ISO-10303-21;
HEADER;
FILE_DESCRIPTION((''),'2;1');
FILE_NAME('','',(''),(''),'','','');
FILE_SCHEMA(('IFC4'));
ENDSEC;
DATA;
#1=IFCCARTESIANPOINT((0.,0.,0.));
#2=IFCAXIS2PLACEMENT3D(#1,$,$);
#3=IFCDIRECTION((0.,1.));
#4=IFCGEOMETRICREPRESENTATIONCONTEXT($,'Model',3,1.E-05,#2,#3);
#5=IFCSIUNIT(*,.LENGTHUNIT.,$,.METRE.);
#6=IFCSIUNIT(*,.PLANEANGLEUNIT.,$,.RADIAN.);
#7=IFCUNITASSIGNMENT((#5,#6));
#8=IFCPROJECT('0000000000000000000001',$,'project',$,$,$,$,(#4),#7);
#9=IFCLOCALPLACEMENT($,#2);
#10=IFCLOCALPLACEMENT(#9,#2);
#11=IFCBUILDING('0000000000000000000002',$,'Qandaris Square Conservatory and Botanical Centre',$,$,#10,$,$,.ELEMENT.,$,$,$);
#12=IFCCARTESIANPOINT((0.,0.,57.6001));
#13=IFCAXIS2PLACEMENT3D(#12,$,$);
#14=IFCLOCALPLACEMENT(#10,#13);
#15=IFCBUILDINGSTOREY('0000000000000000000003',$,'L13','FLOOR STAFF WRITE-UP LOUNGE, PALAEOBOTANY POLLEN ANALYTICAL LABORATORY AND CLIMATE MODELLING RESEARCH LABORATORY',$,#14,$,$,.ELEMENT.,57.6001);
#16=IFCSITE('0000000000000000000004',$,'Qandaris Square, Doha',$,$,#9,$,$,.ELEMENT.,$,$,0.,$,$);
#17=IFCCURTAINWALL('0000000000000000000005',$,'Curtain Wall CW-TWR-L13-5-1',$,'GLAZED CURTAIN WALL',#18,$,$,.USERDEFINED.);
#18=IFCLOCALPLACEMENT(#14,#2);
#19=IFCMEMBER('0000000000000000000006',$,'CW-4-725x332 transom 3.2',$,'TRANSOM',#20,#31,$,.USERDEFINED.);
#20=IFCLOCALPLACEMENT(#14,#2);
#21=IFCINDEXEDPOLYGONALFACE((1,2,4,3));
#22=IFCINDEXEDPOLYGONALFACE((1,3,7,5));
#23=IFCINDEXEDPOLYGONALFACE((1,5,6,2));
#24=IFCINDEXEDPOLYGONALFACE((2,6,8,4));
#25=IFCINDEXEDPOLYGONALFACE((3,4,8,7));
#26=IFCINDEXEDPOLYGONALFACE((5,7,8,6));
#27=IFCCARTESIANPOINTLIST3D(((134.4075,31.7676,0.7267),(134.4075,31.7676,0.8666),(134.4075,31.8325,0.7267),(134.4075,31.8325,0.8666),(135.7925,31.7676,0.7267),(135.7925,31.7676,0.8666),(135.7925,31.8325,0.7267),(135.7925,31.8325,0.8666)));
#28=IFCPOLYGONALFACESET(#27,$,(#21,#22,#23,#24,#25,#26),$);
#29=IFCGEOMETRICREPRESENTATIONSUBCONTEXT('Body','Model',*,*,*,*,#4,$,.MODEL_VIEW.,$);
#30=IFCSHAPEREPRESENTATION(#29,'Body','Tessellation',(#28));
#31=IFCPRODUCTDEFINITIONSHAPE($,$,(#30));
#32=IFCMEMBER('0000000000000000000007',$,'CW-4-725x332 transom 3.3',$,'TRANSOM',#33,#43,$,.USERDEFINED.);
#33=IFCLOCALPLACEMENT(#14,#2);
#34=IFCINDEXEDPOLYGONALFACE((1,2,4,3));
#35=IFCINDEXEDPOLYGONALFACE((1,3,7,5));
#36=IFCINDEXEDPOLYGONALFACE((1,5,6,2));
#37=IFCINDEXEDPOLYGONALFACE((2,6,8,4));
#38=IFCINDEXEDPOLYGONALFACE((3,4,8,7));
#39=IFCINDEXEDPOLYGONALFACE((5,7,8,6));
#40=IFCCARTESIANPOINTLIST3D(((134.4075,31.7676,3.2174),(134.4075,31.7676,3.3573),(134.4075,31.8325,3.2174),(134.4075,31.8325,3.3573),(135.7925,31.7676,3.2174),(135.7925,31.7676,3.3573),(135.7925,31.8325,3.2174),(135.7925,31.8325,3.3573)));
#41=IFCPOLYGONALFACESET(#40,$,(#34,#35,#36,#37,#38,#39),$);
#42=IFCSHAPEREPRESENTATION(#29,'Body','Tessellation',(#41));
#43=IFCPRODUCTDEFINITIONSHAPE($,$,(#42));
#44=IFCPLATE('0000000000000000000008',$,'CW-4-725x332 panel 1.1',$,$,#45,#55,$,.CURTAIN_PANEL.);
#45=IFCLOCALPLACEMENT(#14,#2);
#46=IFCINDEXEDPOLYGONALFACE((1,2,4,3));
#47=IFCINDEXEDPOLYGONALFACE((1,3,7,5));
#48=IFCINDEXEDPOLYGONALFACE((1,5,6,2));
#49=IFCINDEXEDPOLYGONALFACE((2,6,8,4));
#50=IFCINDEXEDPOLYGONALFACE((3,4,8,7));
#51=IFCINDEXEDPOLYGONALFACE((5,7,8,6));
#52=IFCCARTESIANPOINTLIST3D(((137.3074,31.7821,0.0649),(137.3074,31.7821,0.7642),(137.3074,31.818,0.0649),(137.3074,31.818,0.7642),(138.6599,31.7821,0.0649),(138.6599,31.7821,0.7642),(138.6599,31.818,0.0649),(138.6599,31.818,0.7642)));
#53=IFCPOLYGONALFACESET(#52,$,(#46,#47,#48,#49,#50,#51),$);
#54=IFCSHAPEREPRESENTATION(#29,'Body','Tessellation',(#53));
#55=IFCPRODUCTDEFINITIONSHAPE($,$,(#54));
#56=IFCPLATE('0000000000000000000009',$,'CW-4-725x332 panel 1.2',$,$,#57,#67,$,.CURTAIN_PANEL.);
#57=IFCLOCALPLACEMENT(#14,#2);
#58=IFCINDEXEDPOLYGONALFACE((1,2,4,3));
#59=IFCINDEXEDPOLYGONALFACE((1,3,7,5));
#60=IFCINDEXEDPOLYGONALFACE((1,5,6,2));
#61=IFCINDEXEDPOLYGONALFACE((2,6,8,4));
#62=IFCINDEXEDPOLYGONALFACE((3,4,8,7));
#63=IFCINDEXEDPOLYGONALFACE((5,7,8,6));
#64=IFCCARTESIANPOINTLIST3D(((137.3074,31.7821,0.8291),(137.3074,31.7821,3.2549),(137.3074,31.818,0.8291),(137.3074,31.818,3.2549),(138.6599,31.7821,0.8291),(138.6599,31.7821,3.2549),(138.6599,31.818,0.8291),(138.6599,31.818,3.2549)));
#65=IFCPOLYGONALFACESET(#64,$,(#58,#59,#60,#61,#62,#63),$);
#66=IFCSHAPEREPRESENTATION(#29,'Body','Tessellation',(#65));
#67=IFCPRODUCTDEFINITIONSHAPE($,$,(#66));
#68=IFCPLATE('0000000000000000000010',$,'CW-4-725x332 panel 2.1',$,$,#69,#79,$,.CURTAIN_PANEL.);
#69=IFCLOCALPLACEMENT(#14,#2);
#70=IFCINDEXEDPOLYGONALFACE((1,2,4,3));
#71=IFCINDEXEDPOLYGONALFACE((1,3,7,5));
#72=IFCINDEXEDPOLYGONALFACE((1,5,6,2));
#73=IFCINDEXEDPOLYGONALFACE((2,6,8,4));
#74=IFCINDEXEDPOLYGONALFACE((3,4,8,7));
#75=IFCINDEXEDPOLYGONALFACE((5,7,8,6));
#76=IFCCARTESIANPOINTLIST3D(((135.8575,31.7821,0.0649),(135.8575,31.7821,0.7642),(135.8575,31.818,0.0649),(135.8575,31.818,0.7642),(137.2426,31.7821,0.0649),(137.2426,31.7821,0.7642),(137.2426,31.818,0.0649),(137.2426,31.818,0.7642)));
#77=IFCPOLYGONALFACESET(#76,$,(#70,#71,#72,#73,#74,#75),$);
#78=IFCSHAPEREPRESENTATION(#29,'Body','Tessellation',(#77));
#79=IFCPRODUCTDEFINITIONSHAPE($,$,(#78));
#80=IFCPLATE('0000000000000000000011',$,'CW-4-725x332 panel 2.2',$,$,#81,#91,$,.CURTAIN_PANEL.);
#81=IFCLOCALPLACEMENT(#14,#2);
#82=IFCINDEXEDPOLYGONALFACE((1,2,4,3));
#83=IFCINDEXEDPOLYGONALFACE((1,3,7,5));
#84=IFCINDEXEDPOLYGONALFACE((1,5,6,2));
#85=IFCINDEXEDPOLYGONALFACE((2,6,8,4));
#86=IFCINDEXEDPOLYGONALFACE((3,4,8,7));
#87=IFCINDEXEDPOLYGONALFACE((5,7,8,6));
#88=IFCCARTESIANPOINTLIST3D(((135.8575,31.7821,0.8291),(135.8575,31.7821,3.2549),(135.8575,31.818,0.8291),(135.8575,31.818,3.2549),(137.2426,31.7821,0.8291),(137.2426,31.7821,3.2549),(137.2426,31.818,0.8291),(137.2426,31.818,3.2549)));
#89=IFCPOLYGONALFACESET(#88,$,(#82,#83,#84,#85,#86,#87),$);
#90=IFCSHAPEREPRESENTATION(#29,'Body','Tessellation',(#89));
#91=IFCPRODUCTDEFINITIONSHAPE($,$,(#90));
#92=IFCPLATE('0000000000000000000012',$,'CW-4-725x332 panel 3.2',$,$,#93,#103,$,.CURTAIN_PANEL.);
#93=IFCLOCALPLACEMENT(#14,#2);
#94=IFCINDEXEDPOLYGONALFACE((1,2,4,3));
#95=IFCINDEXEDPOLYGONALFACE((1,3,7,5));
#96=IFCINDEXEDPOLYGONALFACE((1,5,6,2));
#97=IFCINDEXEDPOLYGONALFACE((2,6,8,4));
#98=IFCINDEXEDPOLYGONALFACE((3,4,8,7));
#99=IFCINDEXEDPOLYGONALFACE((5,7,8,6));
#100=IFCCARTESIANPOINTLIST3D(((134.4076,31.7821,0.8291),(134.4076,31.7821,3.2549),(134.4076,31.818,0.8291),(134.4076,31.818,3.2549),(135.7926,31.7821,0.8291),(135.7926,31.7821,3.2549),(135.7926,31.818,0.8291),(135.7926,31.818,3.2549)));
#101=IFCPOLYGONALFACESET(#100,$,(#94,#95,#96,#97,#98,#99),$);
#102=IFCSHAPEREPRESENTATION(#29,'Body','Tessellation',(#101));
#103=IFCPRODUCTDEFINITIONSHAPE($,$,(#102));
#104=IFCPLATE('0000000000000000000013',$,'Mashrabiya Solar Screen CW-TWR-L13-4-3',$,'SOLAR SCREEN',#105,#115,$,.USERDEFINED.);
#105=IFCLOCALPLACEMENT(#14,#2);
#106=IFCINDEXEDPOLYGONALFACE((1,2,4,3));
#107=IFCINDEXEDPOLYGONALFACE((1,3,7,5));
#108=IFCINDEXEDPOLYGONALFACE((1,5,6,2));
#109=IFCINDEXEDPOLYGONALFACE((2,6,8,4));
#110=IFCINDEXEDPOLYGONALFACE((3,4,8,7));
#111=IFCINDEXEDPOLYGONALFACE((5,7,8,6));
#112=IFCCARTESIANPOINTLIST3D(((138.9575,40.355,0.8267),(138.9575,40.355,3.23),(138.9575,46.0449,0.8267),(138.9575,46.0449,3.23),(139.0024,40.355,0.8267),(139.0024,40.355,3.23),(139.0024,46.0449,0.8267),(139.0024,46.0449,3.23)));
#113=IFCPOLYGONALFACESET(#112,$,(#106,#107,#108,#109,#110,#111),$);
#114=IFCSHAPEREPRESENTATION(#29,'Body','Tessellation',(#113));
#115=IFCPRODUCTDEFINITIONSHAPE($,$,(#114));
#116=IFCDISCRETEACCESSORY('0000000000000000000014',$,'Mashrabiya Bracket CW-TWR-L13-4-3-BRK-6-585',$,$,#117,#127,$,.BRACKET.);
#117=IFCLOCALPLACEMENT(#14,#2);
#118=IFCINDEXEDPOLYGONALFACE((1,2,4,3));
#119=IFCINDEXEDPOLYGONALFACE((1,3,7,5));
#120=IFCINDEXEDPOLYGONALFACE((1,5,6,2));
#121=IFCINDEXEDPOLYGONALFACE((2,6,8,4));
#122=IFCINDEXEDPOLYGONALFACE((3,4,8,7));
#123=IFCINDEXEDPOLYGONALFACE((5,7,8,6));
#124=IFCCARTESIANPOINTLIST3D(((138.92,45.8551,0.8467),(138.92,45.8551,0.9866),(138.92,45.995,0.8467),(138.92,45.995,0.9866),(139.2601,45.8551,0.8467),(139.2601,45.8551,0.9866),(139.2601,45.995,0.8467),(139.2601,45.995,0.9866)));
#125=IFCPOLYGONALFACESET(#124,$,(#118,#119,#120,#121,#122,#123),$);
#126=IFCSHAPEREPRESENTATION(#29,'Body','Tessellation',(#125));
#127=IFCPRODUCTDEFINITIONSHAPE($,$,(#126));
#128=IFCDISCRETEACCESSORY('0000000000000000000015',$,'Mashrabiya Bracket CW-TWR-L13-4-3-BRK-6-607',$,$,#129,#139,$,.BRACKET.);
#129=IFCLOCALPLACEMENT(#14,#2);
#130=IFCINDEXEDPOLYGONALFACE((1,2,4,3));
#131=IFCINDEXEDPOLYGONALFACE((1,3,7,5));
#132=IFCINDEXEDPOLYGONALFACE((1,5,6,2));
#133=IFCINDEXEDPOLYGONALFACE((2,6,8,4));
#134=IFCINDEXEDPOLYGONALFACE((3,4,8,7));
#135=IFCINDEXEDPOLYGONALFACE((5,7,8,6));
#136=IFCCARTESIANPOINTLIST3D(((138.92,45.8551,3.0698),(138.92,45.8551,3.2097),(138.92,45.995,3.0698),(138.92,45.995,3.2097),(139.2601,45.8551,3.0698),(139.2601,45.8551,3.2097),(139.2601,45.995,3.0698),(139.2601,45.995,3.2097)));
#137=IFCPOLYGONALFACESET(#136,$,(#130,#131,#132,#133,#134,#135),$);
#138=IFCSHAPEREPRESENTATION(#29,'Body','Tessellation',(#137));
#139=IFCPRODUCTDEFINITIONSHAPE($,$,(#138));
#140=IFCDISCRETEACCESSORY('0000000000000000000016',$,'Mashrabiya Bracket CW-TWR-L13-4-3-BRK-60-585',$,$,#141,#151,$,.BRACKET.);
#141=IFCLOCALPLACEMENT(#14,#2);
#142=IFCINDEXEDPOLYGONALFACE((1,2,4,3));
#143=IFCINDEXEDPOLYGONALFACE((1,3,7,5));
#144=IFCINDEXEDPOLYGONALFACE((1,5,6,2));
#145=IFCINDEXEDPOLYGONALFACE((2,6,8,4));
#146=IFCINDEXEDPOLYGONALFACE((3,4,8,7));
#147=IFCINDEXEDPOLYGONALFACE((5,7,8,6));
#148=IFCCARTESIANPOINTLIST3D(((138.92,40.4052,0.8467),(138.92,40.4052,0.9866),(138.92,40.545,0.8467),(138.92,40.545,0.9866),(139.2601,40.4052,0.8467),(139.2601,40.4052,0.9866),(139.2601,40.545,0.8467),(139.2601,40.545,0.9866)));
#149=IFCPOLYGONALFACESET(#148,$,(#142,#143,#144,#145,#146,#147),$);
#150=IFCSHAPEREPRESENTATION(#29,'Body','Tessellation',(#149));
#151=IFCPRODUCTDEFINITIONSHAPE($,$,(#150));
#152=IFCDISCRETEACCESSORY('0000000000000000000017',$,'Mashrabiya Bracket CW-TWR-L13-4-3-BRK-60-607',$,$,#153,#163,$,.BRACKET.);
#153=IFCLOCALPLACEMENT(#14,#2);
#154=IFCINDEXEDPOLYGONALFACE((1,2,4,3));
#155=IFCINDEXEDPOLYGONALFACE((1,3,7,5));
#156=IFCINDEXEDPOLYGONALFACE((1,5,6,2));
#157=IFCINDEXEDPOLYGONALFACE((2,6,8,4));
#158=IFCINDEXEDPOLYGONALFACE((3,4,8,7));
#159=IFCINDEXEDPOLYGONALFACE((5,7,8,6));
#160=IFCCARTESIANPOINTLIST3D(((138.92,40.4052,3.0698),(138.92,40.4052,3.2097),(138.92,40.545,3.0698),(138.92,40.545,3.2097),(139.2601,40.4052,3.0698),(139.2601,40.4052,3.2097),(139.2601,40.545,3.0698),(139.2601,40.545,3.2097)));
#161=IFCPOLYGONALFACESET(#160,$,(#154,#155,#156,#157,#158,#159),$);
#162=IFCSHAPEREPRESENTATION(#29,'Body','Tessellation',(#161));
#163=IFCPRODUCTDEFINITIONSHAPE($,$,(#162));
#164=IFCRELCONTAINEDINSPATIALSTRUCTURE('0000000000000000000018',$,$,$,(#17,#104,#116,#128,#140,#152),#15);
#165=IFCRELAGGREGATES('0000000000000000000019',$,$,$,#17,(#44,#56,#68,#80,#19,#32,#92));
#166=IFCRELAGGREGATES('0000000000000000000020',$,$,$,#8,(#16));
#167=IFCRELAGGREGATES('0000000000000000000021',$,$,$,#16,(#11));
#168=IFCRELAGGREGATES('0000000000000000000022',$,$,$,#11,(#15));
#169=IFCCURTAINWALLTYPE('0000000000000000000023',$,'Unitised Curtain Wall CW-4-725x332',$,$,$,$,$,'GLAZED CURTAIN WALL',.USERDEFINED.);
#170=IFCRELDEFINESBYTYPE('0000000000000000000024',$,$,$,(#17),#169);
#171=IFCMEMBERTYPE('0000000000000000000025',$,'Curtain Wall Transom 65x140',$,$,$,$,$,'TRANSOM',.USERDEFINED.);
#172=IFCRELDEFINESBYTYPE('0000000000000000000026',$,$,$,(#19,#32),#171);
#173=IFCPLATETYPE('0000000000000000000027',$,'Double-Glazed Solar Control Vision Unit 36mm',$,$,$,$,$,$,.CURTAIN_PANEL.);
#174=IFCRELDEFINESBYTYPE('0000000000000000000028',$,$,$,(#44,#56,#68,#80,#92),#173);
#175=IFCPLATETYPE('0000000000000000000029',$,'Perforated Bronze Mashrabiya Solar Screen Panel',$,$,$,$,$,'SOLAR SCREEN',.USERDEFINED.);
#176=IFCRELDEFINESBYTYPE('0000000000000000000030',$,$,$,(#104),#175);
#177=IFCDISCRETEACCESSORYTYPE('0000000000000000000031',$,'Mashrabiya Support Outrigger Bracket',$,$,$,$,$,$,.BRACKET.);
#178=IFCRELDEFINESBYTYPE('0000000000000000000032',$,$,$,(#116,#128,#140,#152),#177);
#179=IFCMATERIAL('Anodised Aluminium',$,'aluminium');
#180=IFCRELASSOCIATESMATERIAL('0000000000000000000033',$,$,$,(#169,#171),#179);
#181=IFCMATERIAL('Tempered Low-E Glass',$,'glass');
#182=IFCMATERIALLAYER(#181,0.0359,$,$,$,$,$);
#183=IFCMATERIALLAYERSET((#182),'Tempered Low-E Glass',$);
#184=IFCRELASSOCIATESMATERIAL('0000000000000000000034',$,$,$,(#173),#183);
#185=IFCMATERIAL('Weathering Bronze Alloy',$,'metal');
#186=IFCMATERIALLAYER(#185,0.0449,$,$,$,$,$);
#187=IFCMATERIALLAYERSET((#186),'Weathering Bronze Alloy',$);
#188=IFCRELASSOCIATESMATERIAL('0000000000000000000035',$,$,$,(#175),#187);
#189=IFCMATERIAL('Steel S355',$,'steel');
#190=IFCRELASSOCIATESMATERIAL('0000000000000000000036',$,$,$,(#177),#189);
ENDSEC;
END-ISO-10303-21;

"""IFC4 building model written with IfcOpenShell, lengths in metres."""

from ifc_helpers import new_model, si_unit, direction, frame, origin, origin_2d, place, context, subcontext, project, spatial, rectangle, extrude, material, layer, layer_set, material_profile, profile_set, type_object, element, aggregate, save


model = new_model("IFC4")

# Units and contexts
model_context = context("Model", 3, precision=1e-05, world=origin(), true_north=direction((0.0, 1.0)))
body_context = subcontext(model_context, "Body", "Model", "MODEL_VIEW")
ifc_project = project(units=[si_unit("LENGTHUNIT", "METRE"), si_unit("PLANEANGLEUNIT", "RADIAN")], contexts=[model_context])

# Site, building, storey
site_placement = place(None, origin())
site = spatial("IfcSite", under=ifc_project, at=site_placement, Name="Qandaris Square, Doha", CompositionType="ELEMENT", RefElevation=0.0)
building_placement = place(site_placement, origin())
building = spatial("IfcBuilding", under=site, at=building_placement, Name="Qandaris Square Conservatory and Botanical Centre", CompositionType="ELEMENT")
storey_placement = place(building_placement, frame((0.0, 0.0, 57.6001)))
storey = spatial("IfcBuildingStorey", under=building, at=storey_placement, Name="L13", Description="FLOOR STAFF WRITE-UP LOUNGE, PALAEOBOTANY POLLEN ANALYTICAL LABORATORY AND CLIMATE MODELLING RESEARCH LABORATORY", CompositionType="ELEMENT", Elevation=57.6001)

# Curtain wall, members, plates
ifc_material_1 = material(Name="Anodised Aluminium", Category="aluminium")
curtain_wall_type = type_object("IfcCurtainWallType", Name="Unitised Curtain Wall CW-4-725x332", ElementType="GLAZED CURTAIN WALL", PredefinedType="USERDEFINED", material=ifc_material_1)
curtain_wall_placement = place(storey_placement, origin())
curtain_wall = element("IfcCurtainWall", 1, at=curtain_wall_placement, inside=storey, type_object=curtain_wall_type, Name="Curtain Wall CW-TWR-L13-5-1", ObjectType="GLAZED CURTAIN WALL", PredefinedType="USERDEFINED")
ifc_material_profile_1 = material_profile(ifc_material_1, rectangle(XDim=0.0649, YDim=0.1399, at=origin_2d()), Name="ALU-TRN 65x140")
ifc_profile_set_1 = profile_set([ifc_material_profile_1], Name="Anodised Aluminium")
member_type_1 = type_object("IfcMemberType", Name="Curtain Wall Transom 65x140", ElementType="TRANSOM", PredefinedType="USERDEFINED", material=ifc_profile_set_1)
member_1_placement = place(storey_placement, frame((135.7925, 31.8, 0.7966), z_axis=(-1.0, 0.0, 0.0), x_axis=(0.0, -1.0, 0.0)))
member_1 = element("IfcMember", 2, at=member_1_placement, type_object=member_type_1, Name="CW-4-725x332 transom 3.2", ObjectType="TRANSOM", PredefinedType="USERDEFINED", context=body_context, shape_type="SweptSolid", body=[
    extrude(rectangle(XDim=0.0649, YDim=0.1399, at=origin_2d()), origin(), (0.0, 0.0, 1.0), 1.385),
])
member_2_placement = place(storey_placement, frame((135.7925, 31.8, 3.2874), z_axis=(-1.0, 0.0, 0.0), x_axis=(0.0, -1.0, 0.0)))
member_2 = element("IfcMember", 3, at=member_2_placement, type_object=member_type_1, Name="CW-4-725x332 transom 3.3", ObjectType="TRANSOM", PredefinedType="USERDEFINED", context=body_context, shape_type="SweptSolid", body=[
    extrude(rectangle(XDim=0.0649, YDim=0.1399, at=origin_2d()), origin(), (0.0, 0.0, 1.0), 1.385),
])
ifc_material_2 = material(Name="Tempered Low-E Glass", Category="glass")
ifc_layer_1 = layer(ifc_material_2, 0.0359)
ifc_layer_set_1 = layer_set([ifc_layer_1], Name="Tempered Low-E Glass")
plate_type_1 = type_object("IfcPlateType", Name="Double-Glazed Solar Control Vision Unit 36mm", PredefinedType="CURTAIN_PANEL", material=ifc_layer_set_1)
plate_1_placement = place(storey_placement, frame((137.9836, 31.8, 0.0649), z_axis=(0.0, 0.0, 1.0), x_axis=(-1.0, 0.0, 0.0)))
plate_1 = element("IfcPlate", 4, at=plate_1_placement, type_object=plate_type_1, Name="CW-4-725x332 panel 1.1", PredefinedType="CURTAIN_PANEL", context=body_context, shape_type="SweptSolid", body=[
    extrude(rectangle(XDim=1.3525, YDim=0.0359, at=origin_2d()), origin(), (0.0, 0.0, 1.0), 0.6992),
])
plate_2_placement = place(storey_placement, frame((137.9836, 31.8, 0.8291), z_axis=(0.0, 0.0, 1.0), x_axis=(-1.0, 0.0, 0.0)))
plate_2 = element("IfcPlate", 5, at=plate_2_placement, type_object=plate_type_1, Name="CW-4-725x332 panel 1.2", PredefinedType="CURTAIN_PANEL", context=body_context, shape_type="SweptSolid", body=[
    extrude(rectangle(XDim=1.3525, YDim=0.0359, at=origin_2d()), origin(), (0.0, 0.0, 1.0), 2.4258),
])
plate_3_placement = place(storey_placement, frame((136.55, 31.8, 0.0649), z_axis=(0.0, 0.0, 1.0), x_axis=(-1.0, 0.0, 0.0)))
plate_3 = element("IfcPlate", 6, at=plate_3_placement, type_object=plate_type_1, Name="CW-4-725x332 panel 2.1", PredefinedType="CURTAIN_PANEL", context=body_context, shape_type="SweptSolid", body=[
    extrude(rectangle(XDim=1.385, YDim=0.0359, at=origin_2d()), origin(), (0.0, 0.0, 1.0), 0.6992),
])
plate_4_placement = place(storey_placement, frame((136.55, 31.8, 0.8291), z_axis=(0.0, 0.0, 1.0), x_axis=(-1.0, 0.0, 0.0)))
plate_4 = element("IfcPlate", 7, at=plate_4_placement, type_object=plate_type_1, Name="CW-4-725x332 panel 2.2", PredefinedType="CURTAIN_PANEL", context=body_context, shape_type="SweptSolid", body=[
    extrude(rectangle(XDim=1.385, YDim=0.0359, at=origin_2d()), origin(), (0.0, 0.0, 1.0), 2.4258),
])
plate_5_placement = place(storey_placement, frame((135.1001, 31.8, 0.8291), z_axis=(0.0, 0.0, 1.0), x_axis=(-1.0, 0.0, 0.0)))
plate_5 = element("IfcPlate", 8, at=plate_5_placement, type_object=plate_type_1, Name="CW-4-725x332 panel 3.2", PredefinedType="CURTAIN_PANEL", context=body_context, shape_type="SweptSolid", body=[
    extrude(rectangle(XDim=1.385, YDim=0.0359, at=origin_2d()), origin(), (0.0, 0.0, 1.0), 2.4258),
])
aggregate(curtain_wall, [plate_1, plate_2, plate_3, plate_4, member_1, member_2, plate_5])

# Plate
ifc_material_3 = material(Name="Weathering Bronze Alloy", Category="metal")
ifc_layer_2 = layer(ifc_material_3, 0.0449)
ifc_layer_set_2 = layer_set([ifc_layer_2], Name="Weathering Bronze Alloy")
plate_type_2 = type_object("IfcPlateType", Name="Perforated Bronze Mashrabiya Solar Screen Panel", ElementType="SOLAR SCREEN", PredefinedType="USERDEFINED", material=ifc_layer_set_2)
plate_6_placement = place(storey_placement, frame((138.98, 43.2, 0.8267), z_axis=(0.0, 0.0, 1.0), x_axis=(0.0, -1.0, 0.0)))
element("IfcPlate", 9, at=plate_6_placement, inside=storey, type_object=plate_type_2, Name="Mashrabiya Solar Screen CW-TWR-L13-4-3", ObjectType="SOLAR SCREEN", PredefinedType="USERDEFINED", context=body_context, shape_type="SweptSolid", body=[
    extrude(rectangle(XDim=5.6899, YDim=0.0449, at=origin_2d()), origin(), (0.0, 0.0, 1.0), 2.4033),
])

# Discrete accessories
ifc_material_4 = material(Name="Steel S355", Category="steel")
discrete_accessory_type = type_object("IfcDiscreteAccessoryType", Name="Mashrabiya Support Outrigger Bracket", PredefinedType="BRACKET", material=ifc_material_4)
for number, where, z_axis, x_axis, name in (
    (10, (139.0901, 45.925, 0.8467), (0.0, 0.0, 1.0), (0.0, -1.0, 0.0), "Mashrabiya Bracket CW-TWR-L13-4-3-BRK-6-585"),
    (11, (139.0901, 45.925, 3.0698), (0.0, 0.0, 1.0), (0.0, -1.0, 0.0), "Mashrabiya Bracket CW-TWR-L13-4-3-BRK-6-607"),
    (12, (139.0901, 40.4751, 0.8467), (0.0, 0.0, 1.0), (0.0, -1.0, 0.0), "Mashrabiya Bracket CW-TWR-L13-4-3-BRK-60-585"),
    (13, (139.0901, 40.4751, 3.0698), (0.0, 0.0, 1.0), (0.0, -1.0, 0.0), "Mashrabiya Bracket CW-TWR-L13-4-3-BRK-60-607"),
):
    element("IfcDiscreteAccessory", number, at=place(storey_placement, frame(where, z_axis=z_axis, x_axis=x_axis)), inside=storey, type_object=discrete_accessory_type, Name=name, PredefinedType="BRACKET", context=body_context, shape_type="SweptSolid", body=[
        extrude(rectangle(XDim=0.1399, YDim=0.3401, at=origin_2d()), origin(), (0.0, 0.0, 1.0), 0.1399),
    ])

save(model, "model.ifc")
